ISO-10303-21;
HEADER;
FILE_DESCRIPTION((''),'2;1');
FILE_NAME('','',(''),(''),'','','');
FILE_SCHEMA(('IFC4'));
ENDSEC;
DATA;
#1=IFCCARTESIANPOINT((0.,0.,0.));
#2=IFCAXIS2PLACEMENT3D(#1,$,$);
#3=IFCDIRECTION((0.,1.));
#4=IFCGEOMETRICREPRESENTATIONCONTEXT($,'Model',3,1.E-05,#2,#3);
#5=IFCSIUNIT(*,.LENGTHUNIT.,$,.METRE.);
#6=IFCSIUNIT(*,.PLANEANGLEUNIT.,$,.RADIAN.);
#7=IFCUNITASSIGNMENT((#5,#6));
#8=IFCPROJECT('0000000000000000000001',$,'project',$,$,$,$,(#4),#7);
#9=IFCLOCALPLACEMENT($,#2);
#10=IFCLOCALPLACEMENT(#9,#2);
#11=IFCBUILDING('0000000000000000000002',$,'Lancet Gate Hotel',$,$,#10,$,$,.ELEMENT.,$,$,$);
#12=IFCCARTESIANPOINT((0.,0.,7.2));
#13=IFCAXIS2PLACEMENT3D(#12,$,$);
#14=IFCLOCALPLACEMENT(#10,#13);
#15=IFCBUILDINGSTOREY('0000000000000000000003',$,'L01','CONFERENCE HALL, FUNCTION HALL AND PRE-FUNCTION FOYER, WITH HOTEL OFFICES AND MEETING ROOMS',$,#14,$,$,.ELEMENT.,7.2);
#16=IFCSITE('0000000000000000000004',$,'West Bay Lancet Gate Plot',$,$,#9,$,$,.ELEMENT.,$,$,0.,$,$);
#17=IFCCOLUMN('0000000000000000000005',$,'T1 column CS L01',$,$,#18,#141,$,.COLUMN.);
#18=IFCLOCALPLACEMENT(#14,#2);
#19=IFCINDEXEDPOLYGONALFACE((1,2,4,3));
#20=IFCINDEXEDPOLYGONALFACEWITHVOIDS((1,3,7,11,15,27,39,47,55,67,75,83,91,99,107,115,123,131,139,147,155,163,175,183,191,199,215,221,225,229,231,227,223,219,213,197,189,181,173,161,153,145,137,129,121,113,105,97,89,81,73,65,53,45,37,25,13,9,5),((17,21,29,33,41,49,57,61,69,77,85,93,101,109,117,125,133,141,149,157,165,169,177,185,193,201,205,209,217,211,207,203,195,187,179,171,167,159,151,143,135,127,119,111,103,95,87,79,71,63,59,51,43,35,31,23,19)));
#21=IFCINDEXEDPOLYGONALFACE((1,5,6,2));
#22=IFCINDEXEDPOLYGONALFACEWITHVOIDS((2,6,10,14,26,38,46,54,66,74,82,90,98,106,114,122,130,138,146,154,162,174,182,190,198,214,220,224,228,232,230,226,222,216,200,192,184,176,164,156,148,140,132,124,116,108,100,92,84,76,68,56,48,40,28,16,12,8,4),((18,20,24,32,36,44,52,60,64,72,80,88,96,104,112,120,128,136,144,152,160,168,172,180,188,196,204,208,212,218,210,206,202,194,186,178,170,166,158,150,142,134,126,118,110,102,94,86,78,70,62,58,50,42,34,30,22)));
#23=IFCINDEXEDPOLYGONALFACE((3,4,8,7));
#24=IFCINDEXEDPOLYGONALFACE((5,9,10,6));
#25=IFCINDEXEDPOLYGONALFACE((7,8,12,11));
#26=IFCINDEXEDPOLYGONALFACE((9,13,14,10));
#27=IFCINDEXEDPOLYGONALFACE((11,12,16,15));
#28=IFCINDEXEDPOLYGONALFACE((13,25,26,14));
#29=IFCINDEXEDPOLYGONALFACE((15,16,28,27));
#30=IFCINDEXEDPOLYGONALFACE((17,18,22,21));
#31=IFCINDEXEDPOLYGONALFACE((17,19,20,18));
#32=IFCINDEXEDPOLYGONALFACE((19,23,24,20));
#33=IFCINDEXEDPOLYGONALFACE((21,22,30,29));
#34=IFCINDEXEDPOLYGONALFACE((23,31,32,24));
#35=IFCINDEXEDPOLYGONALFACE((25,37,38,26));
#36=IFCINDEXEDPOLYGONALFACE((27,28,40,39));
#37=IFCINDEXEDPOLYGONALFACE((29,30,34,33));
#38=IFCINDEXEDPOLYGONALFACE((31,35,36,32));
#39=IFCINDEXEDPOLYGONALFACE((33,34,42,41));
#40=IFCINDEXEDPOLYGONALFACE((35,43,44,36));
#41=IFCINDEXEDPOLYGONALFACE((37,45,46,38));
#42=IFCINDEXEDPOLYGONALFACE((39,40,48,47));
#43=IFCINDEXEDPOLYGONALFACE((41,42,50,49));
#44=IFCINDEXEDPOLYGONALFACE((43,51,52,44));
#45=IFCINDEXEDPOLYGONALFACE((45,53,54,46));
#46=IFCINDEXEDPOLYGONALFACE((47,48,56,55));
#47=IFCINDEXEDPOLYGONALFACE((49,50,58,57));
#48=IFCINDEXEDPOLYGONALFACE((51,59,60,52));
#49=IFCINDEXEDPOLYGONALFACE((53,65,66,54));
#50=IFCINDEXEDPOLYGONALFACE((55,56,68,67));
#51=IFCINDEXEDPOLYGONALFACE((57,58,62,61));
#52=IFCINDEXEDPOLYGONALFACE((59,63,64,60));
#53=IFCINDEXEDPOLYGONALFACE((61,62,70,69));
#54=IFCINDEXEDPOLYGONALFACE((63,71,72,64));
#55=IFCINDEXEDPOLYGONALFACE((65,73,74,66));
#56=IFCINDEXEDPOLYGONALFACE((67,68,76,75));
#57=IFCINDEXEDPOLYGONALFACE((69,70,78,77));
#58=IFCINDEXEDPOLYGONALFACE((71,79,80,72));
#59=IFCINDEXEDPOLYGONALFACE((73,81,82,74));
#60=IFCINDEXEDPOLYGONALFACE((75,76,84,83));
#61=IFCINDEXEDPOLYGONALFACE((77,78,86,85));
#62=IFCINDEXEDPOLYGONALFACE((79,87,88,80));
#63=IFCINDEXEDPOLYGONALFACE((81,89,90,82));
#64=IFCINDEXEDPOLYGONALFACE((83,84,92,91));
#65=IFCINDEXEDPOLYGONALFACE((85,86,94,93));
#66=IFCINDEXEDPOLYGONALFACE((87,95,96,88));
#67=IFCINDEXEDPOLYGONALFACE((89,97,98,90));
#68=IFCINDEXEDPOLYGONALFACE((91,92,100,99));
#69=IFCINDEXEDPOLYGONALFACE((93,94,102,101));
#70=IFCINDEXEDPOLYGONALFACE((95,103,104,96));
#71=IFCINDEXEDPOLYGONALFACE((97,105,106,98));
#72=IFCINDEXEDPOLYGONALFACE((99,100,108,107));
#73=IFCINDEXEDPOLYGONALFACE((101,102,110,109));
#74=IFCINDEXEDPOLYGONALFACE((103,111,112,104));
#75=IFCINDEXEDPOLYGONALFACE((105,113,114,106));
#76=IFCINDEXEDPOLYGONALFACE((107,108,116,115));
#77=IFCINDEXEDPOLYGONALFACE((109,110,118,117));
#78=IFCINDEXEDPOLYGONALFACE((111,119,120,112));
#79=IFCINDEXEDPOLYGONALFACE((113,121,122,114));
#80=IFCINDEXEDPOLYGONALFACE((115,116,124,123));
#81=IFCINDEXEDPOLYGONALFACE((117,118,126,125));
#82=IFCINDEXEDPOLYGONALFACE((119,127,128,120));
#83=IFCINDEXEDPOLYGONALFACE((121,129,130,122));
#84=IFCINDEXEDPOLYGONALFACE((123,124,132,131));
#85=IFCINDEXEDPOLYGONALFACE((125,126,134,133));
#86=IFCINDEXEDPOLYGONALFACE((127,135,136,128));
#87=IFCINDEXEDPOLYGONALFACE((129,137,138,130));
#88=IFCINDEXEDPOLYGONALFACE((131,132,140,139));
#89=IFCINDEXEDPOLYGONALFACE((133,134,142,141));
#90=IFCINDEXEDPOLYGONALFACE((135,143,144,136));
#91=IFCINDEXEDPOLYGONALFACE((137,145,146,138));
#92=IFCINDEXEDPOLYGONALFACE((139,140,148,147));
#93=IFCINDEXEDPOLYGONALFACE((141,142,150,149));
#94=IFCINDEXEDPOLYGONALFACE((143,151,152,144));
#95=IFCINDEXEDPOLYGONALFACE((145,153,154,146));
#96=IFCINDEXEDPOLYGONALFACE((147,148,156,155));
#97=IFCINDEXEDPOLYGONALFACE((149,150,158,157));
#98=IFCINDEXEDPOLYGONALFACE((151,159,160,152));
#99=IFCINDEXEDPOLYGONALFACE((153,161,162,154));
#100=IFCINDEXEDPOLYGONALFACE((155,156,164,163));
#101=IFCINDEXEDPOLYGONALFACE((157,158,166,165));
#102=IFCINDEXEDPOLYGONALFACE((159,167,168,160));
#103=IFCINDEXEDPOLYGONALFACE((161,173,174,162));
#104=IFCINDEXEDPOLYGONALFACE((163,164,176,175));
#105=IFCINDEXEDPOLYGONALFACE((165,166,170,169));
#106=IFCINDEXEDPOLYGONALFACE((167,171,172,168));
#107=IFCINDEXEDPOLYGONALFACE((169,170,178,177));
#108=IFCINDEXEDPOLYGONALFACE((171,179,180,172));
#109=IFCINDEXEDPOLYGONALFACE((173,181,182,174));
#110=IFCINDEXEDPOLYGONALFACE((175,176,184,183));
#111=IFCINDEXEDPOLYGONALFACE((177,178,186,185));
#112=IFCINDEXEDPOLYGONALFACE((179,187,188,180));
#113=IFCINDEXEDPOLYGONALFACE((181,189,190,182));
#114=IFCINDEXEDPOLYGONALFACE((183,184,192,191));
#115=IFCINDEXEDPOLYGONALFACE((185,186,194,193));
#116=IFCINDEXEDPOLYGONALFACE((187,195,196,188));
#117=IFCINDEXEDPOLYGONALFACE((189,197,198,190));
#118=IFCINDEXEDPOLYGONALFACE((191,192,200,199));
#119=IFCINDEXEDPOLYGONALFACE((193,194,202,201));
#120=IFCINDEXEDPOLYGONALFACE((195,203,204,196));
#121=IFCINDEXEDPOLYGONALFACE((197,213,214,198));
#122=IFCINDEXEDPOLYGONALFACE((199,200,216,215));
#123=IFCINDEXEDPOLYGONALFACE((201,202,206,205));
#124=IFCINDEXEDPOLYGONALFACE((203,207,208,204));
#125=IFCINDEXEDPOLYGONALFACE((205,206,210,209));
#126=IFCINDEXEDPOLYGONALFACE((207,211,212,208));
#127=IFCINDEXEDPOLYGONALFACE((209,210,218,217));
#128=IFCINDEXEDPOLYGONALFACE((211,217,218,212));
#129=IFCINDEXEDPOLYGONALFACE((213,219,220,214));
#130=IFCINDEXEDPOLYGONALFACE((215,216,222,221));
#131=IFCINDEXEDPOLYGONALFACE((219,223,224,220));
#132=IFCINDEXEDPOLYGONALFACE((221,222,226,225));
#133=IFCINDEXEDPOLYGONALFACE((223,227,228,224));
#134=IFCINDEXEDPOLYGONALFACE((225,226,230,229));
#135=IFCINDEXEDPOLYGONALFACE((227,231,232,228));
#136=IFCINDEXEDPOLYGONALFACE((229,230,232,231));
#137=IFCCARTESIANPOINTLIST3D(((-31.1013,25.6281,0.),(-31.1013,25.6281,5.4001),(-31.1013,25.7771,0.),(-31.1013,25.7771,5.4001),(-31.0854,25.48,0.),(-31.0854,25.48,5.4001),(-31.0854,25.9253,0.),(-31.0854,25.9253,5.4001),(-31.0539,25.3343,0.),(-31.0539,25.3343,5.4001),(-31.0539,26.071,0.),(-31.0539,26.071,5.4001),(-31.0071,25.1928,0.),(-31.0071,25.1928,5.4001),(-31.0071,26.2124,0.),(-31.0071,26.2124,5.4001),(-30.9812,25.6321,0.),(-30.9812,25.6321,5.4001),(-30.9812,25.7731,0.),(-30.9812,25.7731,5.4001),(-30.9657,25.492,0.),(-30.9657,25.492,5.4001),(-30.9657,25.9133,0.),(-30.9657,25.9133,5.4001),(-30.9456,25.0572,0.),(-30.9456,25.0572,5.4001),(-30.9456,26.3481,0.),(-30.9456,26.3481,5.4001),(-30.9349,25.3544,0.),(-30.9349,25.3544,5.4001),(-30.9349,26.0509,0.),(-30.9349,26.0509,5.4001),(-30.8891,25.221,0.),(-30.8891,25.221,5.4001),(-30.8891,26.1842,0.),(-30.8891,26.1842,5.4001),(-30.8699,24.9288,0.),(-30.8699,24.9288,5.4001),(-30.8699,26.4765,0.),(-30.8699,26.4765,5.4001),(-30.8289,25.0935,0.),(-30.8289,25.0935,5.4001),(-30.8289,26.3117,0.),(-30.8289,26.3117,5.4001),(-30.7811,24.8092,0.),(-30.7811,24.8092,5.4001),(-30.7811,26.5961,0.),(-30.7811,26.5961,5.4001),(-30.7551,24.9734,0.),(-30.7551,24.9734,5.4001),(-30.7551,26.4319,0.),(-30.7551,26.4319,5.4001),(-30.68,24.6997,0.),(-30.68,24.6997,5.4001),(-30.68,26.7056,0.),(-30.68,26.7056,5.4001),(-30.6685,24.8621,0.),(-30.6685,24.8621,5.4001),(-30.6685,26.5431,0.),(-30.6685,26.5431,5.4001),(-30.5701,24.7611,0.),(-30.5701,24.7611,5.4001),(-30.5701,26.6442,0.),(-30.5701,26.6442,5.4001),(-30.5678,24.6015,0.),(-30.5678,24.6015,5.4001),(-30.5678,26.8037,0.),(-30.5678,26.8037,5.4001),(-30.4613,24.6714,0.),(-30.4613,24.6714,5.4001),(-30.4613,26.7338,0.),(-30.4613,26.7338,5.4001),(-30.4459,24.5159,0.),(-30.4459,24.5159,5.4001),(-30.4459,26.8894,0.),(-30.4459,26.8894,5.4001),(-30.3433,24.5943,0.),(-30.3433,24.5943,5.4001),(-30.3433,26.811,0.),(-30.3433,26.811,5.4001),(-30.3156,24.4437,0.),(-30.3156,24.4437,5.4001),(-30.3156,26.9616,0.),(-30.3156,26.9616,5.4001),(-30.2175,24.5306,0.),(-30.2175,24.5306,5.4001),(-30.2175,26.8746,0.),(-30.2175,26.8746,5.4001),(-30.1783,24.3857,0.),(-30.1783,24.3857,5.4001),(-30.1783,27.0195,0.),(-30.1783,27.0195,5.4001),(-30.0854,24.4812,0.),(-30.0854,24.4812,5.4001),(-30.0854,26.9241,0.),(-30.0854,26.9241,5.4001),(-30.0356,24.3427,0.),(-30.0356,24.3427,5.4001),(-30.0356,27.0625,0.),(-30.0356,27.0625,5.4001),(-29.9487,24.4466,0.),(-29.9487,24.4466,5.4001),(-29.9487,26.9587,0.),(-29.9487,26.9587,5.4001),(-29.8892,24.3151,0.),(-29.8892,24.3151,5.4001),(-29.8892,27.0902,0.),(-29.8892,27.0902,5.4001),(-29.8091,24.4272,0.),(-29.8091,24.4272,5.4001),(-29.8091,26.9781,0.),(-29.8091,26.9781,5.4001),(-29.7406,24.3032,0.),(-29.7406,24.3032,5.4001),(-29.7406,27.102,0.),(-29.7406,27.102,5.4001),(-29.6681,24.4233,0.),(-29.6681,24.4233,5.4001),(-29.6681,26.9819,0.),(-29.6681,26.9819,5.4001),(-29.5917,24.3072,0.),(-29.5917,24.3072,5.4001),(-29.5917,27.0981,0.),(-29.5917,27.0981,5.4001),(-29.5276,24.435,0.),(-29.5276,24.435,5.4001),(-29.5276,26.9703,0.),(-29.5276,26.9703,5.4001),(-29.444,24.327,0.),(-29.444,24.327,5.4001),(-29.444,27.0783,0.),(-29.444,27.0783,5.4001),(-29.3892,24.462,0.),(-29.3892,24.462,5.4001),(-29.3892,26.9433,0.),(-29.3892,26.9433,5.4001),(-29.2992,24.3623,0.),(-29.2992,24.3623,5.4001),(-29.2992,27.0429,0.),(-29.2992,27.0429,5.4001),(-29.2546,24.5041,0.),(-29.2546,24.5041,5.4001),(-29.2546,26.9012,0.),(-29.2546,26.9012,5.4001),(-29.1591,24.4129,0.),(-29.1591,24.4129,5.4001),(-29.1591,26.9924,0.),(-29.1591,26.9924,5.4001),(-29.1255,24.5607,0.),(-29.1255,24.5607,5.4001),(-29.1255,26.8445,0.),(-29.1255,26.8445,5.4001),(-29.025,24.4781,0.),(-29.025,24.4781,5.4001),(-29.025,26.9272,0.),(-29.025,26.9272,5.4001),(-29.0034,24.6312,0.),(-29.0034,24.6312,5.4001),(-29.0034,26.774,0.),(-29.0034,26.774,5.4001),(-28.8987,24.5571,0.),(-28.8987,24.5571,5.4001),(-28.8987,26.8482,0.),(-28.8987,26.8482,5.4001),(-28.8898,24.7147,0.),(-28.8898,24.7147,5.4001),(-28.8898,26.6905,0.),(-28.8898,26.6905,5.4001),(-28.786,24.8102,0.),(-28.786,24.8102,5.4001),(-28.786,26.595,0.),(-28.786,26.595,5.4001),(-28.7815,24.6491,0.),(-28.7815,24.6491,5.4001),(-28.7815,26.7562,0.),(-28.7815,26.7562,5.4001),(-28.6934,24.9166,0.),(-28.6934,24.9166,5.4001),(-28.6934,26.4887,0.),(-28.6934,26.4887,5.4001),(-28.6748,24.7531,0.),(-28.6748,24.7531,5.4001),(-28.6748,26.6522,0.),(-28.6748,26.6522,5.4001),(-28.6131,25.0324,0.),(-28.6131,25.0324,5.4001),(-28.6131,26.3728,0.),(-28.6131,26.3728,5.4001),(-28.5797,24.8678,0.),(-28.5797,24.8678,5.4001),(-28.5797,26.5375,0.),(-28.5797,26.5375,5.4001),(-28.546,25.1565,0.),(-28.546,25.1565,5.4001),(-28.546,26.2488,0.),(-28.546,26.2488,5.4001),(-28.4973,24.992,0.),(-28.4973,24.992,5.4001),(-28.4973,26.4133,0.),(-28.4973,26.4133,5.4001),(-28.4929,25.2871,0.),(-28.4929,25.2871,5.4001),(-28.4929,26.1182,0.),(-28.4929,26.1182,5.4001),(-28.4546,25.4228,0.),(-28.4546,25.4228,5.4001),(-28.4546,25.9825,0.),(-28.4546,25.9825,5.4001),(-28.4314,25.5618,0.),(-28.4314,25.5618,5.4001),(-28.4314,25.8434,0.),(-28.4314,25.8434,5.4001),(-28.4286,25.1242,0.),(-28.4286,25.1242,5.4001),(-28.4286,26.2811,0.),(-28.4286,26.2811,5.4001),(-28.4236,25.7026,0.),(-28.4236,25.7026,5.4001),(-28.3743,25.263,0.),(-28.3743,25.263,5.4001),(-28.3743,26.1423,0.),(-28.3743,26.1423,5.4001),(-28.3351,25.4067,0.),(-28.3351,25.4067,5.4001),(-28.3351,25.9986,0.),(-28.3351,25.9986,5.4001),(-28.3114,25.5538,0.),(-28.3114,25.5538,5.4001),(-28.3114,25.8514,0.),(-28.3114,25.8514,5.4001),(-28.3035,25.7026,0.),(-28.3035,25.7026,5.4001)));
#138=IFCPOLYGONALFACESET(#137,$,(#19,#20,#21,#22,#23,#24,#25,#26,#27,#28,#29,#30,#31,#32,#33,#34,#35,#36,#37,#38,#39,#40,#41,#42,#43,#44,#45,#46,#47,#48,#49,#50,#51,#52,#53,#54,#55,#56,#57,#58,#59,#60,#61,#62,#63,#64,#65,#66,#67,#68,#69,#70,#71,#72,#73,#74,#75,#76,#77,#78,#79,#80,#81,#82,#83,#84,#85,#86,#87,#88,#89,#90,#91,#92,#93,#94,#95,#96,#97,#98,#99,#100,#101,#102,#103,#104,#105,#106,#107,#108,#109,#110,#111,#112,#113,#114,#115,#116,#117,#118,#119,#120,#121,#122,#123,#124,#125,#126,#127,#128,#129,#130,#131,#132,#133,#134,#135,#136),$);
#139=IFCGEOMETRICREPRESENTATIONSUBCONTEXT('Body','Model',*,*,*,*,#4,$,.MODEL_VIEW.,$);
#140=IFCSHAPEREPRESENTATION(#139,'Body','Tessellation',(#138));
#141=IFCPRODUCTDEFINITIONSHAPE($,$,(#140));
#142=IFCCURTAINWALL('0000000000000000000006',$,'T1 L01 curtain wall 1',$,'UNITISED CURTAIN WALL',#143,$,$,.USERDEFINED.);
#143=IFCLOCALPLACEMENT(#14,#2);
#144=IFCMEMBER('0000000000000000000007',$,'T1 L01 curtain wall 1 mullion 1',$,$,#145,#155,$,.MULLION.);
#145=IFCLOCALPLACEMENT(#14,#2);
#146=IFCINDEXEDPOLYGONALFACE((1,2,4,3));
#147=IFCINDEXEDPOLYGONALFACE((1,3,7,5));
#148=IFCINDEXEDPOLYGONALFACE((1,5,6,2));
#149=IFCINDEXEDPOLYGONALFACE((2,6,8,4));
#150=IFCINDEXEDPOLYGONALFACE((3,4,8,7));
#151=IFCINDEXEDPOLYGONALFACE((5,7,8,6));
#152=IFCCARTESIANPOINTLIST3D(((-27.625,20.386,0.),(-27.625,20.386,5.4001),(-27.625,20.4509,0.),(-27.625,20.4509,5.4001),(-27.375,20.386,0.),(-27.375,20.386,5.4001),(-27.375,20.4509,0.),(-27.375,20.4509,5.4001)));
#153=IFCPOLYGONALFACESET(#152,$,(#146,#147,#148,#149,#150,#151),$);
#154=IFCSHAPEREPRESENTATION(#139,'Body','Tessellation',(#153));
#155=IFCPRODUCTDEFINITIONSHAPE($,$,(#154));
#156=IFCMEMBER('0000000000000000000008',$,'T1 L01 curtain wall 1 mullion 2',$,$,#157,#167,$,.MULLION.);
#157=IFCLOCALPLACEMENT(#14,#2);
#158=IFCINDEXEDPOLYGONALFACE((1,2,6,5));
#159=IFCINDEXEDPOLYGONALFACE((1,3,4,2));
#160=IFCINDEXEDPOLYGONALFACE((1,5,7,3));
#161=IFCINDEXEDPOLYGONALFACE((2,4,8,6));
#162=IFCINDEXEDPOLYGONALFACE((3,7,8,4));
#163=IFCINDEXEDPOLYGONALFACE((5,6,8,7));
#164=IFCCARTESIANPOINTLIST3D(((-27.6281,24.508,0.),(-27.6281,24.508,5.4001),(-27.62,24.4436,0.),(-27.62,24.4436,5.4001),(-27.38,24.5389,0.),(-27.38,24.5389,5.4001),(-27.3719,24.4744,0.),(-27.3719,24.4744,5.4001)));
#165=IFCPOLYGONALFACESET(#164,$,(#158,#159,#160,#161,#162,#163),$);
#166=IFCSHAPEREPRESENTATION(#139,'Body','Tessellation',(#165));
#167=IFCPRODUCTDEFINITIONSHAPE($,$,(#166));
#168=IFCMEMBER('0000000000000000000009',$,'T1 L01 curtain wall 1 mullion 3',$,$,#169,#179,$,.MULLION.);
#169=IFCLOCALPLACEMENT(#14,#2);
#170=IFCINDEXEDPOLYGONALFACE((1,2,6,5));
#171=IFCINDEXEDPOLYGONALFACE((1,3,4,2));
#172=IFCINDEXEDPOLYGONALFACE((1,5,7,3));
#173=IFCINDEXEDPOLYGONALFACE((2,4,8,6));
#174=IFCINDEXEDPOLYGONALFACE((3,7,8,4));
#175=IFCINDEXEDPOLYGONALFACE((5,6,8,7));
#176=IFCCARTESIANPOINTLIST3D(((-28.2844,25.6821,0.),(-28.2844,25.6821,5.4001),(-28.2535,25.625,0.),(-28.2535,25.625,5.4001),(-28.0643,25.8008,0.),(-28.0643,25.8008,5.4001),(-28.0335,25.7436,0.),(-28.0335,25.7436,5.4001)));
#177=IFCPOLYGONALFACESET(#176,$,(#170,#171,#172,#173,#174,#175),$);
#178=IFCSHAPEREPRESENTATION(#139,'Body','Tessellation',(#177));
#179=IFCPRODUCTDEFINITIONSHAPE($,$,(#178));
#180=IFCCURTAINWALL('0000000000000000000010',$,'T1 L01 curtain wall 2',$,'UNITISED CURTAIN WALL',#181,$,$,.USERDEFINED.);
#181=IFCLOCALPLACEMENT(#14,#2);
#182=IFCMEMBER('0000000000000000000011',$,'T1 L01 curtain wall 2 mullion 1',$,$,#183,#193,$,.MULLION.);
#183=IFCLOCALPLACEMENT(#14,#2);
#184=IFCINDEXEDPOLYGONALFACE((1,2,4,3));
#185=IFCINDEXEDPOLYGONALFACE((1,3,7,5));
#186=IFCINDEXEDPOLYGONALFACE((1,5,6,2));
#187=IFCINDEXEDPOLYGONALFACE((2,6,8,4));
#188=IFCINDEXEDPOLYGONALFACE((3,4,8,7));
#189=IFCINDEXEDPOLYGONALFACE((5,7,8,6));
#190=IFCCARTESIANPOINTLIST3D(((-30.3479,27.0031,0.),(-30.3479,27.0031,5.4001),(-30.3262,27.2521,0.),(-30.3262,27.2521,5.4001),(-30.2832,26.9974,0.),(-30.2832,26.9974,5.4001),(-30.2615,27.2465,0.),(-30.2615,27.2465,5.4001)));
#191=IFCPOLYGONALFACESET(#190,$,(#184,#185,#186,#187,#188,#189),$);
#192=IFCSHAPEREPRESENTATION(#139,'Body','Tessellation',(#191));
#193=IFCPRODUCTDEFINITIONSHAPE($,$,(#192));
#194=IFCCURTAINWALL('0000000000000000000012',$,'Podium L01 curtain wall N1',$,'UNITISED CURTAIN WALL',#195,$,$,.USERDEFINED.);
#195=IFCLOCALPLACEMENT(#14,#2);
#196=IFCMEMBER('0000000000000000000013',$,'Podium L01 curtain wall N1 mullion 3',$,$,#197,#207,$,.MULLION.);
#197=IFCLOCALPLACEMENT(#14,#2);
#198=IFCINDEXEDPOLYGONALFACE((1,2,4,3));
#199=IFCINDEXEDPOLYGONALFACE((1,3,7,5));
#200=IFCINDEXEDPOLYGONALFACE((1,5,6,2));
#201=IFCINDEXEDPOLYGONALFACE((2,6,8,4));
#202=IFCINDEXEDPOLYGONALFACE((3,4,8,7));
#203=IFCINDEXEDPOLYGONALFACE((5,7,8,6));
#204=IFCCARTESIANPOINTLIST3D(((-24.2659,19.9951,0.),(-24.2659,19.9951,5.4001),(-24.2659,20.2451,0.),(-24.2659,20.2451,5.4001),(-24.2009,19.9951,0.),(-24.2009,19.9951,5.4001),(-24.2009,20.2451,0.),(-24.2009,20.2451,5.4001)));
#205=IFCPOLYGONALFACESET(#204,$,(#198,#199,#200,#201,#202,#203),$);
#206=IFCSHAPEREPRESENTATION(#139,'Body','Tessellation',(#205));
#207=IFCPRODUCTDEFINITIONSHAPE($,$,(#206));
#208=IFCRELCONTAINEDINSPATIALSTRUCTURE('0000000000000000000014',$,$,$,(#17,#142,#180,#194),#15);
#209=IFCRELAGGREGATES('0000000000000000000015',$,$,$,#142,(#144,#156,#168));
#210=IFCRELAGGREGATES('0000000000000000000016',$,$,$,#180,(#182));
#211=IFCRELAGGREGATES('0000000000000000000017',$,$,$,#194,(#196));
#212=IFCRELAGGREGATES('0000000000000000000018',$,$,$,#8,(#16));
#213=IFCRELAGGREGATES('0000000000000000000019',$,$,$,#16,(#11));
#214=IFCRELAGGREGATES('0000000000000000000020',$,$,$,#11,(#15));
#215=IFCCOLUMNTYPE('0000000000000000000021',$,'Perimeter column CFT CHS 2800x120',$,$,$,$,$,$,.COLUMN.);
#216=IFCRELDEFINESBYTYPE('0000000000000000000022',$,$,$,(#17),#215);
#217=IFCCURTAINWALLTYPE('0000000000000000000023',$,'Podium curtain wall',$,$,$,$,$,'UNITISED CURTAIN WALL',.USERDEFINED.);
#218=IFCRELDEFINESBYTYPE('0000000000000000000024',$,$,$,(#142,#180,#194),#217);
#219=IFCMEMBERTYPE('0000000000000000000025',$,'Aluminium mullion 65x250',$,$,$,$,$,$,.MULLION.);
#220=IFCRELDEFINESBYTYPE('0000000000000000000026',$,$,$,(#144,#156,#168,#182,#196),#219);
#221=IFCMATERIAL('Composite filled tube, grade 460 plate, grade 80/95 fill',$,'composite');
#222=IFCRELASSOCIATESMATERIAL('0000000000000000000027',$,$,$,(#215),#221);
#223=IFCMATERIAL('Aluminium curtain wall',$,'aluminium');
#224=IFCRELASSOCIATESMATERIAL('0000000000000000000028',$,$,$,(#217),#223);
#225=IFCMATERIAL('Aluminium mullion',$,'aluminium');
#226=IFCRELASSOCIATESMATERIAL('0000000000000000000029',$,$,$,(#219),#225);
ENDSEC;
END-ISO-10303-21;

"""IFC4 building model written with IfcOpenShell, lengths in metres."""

from ifc_helpers import new_model, si_unit, direction, frame, origin, origin_2d, place, context, subcontext, project, spatial, rectangle, hollow_circle, extrude, material, material_profile, profile_set, type_object, element, aggregate, save


model = new_model("IFC4")

# Units and contexts
model_context = context("Model", 3, precision=1e-05, world=origin(), true_north=direction((0.0, 1.0)))
body_context = subcontext(model_context, "Body", "Model", "MODEL_VIEW")
ifc_project = project(units=[si_unit("LENGTHUNIT", "METRE"), si_unit("PLANEANGLEUNIT", "RADIAN")], contexts=[model_context])

# Site, building, storey
site_placement = place(None, origin())
site = spatial("IfcSite", under=ifc_project, at=site_placement, Name="West Bay Lancet Gate Plot", CompositionType="ELEMENT", RefElevation=0.0)
building_placement = place(site_placement, origin())
building = spatial("IfcBuilding", under=site, at=building_placement, Name="Lancet Gate Hotel", CompositionType="ELEMENT")
storey_placement = place(building_placement, frame((0.0, 0.0, 7.2)))
storey = spatial("IfcBuildingStorey", under=building, at=storey_placement, Name="L01", Description="CONFERENCE HALL, FUNCTION HALL AND PRE-FUNCTION FOYER, WITH HOTEL OFFICES AND MEETING ROOMS", CompositionType="ELEMENT", Elevation=7.2)

# Column
ifc_material_1 = material(Name="Composite filled tube, grade 460 plate, grade 80/95 fill", Category="composite")
ifc_material_profile_1 = material_profile(ifc_material_1, hollow_circle(Radius=1.3999, WallThickness=0.1201, at=origin_2d()), Name="CHS 2800x120")
ifc_profile_set_1 = profile_set([ifc_material_profile_1], Name="Composite filled tube, grade 460 plate, grade 80/95 fill")
column_type = type_object("IfcColumnType", Name="Perimeter column CFT CHS 2800x120", PredefinedType="COLUMN", material=ifc_profile_set_1)
column_placement = place(storey_placement, frame((-29.7034, 25.7026, 0.0), z_axis=(0.0, 0.0, 1.0), x_axis=(1.0, 0.0, 0.0)))
element("IfcColumn", 1, at=column_placement, inside=storey, type_object=column_type, Name="T1 column CS L01", PredefinedType="COLUMN", context=body_context, shape_type="SweptSolid", body=[
    extrude(hollow_circle(Radius=1.3999, WallThickness=0.1201, at=origin_2d()), origin(), (0.0, 0.0, 1.0), 5.4001),
])

# Curtain wall, members
ifc_material_2 = material(Name="Aluminium curtain wall", Category="aluminium")
curtain_wall_type = type_object("IfcCurtainWallType", Name="Podium curtain wall", ElementType="UNITISED CURTAIN WALL", PredefinedType="USERDEFINED", material=ifc_material_2)
curtain_wall_1_placement = place(storey_placement, origin())
curtain_wall_1 = element("IfcCurtainWall", 2, at=curtain_wall_1_placement, inside=storey, type_object=curtain_wall_type, Name="T1 L01 curtain wall 1", ObjectType="UNITISED CURTAIN WALL", PredefinedType="USERDEFINED")
ifc_material_3 = material(Name="Aluminium mullion", Category="aluminium")
ifc_material_profile_2 = material_profile(ifc_material_3, rectangle(XDim=0.0649, YDim=0.25, at=origin_2d()), Name="MULLION 65x250")
ifc_profile_set_2 = profile_set([ifc_material_profile_2], Name="Aluminium mullion")
member_type_1 = type_object("IfcMemberType", Name="Aluminium mullion 65x250", PredefinedType="MULLION", material=ifc_profile_set_2)
member_1_placement = place(storey_placement, frame((-27.5, 20.4185, 0.0), z_axis=(0.0, 0.0, 1.0), x_axis=(0.0, 1.0, 0.0)))
member_1 = element("IfcMember", 3, at=member_1_placement, type_object=member_type_1, Name="T1 L01 curtain wall 1 mullion 1", PredefinedType="MULLION", context=body_context, shape_type="SweptSolid", body=[
    extrude(rectangle(XDim=0.0649, YDim=0.25, at=origin_2d()), origin(), (0.0, 0.0, 1.0), 5.4001),
])
member_2_placement = place(storey_placement, frame((-27.5, 24.4912, 0.0), z_axis=(0.0, 0.0, 1.0), x_axis=(-0.123483, 0.992347, 0.0)))
member_2 = element("IfcMember", 4, at=member_2_placement, type_object=member_type_1, Name="T1 L01 curtain wall 1 mullion 2", PredefinedType="MULLION", context=body_context, shape_type="SweptSolid", body=[
    extrude(rectangle(XDim=0.0649, YDim=0.25, at=origin_2d()), origin(), (0.0, 0.0, 1.0), 5.4001),
])
member_3_placement = place(storey_placement, frame((-28.1589, 25.7129, 0.0), z_axis=(0.0, 0.0, 1.0), x_axis=(-0.474631, 0.880185, 0.0)))
member_3 = element("IfcMember", 5, at=member_3_placement, type_object=member_type_1, Name="T1 L01 curtain wall 1 mullion 3", PredefinedType="MULLION", context=body_context, shape_type="SweptSolid", body=[
    extrude(rectangle(XDim=0.0649, YDim=0.25, at=origin_2d()), origin(), (0.0, 0.0, 1.0), 5.4001),
])

# Curtain wall, member
curtain_wall_2_placement = place(storey_placement, origin())
curtain_wall_2 = element("IfcCurtainWall", 6, at=curtain_wall_2_placement, inside=storey, type_object=curtain_wall_type, Name="T1 L01 curtain wall 2", ObjectType="UNITISED CURTAIN WALL", PredefinedType="USERDEFINED")
member_4_placement = place(storey_placement, frame((-30.3047, 27.1248, 0.0), z_axis=(0.0, 0.0, 1.0), x_axis=(-0.996204, 0.087052, 0.0)))
member_4 = element("IfcMember", 7, at=member_4_placement, type_object=member_type_1, Name="T1 L01 curtain wall 2 mullion 1", PredefinedType="MULLION", context=body_context, shape_type="SweptSolid", body=[
    extrude(rectangle(XDim=0.0649, YDim=0.25, at=origin_2d()), origin(), (0.0, 0.0, 1.0), 5.4001),
])

# Curtain wall, member
curtain_wall_3_placement = place(storey_placement, origin())
curtain_wall_3 = element("IfcCurtainWall", 8, at=curtain_wall_3_placement, inside=storey, type_object=curtain_wall_type, Name="Podium L01 curtain wall N1", ObjectType="UNITISED CURTAIN WALL", PredefinedType="USERDEFINED")
member_5_placement = place(storey_placement, frame((-24.2334, 20.1201, 0.0), z_axis=(0.0, 0.0, 1.0), x_axis=(-1.0, 0.0, 0.0)))
member_5 = element("IfcMember", 9, at=member_5_placement, type_object=member_type_1, Name="Podium L01 curtain wall N1 mullion 3", PredefinedType="MULLION", context=body_context, shape_type="SweptSolid", body=[
    extrude(rectangle(XDim=0.0649, YDim=0.25, at=origin_2d()), origin(), (0.0, 0.0, 1.0), 5.4001),
])

aggregate(curtain_wall_1, [member_1, member_2, member_3])
aggregate(curtain_wall_2, [member_4])
aggregate(curtain_wall_3, [member_5])

save(model, "model.ifc")
